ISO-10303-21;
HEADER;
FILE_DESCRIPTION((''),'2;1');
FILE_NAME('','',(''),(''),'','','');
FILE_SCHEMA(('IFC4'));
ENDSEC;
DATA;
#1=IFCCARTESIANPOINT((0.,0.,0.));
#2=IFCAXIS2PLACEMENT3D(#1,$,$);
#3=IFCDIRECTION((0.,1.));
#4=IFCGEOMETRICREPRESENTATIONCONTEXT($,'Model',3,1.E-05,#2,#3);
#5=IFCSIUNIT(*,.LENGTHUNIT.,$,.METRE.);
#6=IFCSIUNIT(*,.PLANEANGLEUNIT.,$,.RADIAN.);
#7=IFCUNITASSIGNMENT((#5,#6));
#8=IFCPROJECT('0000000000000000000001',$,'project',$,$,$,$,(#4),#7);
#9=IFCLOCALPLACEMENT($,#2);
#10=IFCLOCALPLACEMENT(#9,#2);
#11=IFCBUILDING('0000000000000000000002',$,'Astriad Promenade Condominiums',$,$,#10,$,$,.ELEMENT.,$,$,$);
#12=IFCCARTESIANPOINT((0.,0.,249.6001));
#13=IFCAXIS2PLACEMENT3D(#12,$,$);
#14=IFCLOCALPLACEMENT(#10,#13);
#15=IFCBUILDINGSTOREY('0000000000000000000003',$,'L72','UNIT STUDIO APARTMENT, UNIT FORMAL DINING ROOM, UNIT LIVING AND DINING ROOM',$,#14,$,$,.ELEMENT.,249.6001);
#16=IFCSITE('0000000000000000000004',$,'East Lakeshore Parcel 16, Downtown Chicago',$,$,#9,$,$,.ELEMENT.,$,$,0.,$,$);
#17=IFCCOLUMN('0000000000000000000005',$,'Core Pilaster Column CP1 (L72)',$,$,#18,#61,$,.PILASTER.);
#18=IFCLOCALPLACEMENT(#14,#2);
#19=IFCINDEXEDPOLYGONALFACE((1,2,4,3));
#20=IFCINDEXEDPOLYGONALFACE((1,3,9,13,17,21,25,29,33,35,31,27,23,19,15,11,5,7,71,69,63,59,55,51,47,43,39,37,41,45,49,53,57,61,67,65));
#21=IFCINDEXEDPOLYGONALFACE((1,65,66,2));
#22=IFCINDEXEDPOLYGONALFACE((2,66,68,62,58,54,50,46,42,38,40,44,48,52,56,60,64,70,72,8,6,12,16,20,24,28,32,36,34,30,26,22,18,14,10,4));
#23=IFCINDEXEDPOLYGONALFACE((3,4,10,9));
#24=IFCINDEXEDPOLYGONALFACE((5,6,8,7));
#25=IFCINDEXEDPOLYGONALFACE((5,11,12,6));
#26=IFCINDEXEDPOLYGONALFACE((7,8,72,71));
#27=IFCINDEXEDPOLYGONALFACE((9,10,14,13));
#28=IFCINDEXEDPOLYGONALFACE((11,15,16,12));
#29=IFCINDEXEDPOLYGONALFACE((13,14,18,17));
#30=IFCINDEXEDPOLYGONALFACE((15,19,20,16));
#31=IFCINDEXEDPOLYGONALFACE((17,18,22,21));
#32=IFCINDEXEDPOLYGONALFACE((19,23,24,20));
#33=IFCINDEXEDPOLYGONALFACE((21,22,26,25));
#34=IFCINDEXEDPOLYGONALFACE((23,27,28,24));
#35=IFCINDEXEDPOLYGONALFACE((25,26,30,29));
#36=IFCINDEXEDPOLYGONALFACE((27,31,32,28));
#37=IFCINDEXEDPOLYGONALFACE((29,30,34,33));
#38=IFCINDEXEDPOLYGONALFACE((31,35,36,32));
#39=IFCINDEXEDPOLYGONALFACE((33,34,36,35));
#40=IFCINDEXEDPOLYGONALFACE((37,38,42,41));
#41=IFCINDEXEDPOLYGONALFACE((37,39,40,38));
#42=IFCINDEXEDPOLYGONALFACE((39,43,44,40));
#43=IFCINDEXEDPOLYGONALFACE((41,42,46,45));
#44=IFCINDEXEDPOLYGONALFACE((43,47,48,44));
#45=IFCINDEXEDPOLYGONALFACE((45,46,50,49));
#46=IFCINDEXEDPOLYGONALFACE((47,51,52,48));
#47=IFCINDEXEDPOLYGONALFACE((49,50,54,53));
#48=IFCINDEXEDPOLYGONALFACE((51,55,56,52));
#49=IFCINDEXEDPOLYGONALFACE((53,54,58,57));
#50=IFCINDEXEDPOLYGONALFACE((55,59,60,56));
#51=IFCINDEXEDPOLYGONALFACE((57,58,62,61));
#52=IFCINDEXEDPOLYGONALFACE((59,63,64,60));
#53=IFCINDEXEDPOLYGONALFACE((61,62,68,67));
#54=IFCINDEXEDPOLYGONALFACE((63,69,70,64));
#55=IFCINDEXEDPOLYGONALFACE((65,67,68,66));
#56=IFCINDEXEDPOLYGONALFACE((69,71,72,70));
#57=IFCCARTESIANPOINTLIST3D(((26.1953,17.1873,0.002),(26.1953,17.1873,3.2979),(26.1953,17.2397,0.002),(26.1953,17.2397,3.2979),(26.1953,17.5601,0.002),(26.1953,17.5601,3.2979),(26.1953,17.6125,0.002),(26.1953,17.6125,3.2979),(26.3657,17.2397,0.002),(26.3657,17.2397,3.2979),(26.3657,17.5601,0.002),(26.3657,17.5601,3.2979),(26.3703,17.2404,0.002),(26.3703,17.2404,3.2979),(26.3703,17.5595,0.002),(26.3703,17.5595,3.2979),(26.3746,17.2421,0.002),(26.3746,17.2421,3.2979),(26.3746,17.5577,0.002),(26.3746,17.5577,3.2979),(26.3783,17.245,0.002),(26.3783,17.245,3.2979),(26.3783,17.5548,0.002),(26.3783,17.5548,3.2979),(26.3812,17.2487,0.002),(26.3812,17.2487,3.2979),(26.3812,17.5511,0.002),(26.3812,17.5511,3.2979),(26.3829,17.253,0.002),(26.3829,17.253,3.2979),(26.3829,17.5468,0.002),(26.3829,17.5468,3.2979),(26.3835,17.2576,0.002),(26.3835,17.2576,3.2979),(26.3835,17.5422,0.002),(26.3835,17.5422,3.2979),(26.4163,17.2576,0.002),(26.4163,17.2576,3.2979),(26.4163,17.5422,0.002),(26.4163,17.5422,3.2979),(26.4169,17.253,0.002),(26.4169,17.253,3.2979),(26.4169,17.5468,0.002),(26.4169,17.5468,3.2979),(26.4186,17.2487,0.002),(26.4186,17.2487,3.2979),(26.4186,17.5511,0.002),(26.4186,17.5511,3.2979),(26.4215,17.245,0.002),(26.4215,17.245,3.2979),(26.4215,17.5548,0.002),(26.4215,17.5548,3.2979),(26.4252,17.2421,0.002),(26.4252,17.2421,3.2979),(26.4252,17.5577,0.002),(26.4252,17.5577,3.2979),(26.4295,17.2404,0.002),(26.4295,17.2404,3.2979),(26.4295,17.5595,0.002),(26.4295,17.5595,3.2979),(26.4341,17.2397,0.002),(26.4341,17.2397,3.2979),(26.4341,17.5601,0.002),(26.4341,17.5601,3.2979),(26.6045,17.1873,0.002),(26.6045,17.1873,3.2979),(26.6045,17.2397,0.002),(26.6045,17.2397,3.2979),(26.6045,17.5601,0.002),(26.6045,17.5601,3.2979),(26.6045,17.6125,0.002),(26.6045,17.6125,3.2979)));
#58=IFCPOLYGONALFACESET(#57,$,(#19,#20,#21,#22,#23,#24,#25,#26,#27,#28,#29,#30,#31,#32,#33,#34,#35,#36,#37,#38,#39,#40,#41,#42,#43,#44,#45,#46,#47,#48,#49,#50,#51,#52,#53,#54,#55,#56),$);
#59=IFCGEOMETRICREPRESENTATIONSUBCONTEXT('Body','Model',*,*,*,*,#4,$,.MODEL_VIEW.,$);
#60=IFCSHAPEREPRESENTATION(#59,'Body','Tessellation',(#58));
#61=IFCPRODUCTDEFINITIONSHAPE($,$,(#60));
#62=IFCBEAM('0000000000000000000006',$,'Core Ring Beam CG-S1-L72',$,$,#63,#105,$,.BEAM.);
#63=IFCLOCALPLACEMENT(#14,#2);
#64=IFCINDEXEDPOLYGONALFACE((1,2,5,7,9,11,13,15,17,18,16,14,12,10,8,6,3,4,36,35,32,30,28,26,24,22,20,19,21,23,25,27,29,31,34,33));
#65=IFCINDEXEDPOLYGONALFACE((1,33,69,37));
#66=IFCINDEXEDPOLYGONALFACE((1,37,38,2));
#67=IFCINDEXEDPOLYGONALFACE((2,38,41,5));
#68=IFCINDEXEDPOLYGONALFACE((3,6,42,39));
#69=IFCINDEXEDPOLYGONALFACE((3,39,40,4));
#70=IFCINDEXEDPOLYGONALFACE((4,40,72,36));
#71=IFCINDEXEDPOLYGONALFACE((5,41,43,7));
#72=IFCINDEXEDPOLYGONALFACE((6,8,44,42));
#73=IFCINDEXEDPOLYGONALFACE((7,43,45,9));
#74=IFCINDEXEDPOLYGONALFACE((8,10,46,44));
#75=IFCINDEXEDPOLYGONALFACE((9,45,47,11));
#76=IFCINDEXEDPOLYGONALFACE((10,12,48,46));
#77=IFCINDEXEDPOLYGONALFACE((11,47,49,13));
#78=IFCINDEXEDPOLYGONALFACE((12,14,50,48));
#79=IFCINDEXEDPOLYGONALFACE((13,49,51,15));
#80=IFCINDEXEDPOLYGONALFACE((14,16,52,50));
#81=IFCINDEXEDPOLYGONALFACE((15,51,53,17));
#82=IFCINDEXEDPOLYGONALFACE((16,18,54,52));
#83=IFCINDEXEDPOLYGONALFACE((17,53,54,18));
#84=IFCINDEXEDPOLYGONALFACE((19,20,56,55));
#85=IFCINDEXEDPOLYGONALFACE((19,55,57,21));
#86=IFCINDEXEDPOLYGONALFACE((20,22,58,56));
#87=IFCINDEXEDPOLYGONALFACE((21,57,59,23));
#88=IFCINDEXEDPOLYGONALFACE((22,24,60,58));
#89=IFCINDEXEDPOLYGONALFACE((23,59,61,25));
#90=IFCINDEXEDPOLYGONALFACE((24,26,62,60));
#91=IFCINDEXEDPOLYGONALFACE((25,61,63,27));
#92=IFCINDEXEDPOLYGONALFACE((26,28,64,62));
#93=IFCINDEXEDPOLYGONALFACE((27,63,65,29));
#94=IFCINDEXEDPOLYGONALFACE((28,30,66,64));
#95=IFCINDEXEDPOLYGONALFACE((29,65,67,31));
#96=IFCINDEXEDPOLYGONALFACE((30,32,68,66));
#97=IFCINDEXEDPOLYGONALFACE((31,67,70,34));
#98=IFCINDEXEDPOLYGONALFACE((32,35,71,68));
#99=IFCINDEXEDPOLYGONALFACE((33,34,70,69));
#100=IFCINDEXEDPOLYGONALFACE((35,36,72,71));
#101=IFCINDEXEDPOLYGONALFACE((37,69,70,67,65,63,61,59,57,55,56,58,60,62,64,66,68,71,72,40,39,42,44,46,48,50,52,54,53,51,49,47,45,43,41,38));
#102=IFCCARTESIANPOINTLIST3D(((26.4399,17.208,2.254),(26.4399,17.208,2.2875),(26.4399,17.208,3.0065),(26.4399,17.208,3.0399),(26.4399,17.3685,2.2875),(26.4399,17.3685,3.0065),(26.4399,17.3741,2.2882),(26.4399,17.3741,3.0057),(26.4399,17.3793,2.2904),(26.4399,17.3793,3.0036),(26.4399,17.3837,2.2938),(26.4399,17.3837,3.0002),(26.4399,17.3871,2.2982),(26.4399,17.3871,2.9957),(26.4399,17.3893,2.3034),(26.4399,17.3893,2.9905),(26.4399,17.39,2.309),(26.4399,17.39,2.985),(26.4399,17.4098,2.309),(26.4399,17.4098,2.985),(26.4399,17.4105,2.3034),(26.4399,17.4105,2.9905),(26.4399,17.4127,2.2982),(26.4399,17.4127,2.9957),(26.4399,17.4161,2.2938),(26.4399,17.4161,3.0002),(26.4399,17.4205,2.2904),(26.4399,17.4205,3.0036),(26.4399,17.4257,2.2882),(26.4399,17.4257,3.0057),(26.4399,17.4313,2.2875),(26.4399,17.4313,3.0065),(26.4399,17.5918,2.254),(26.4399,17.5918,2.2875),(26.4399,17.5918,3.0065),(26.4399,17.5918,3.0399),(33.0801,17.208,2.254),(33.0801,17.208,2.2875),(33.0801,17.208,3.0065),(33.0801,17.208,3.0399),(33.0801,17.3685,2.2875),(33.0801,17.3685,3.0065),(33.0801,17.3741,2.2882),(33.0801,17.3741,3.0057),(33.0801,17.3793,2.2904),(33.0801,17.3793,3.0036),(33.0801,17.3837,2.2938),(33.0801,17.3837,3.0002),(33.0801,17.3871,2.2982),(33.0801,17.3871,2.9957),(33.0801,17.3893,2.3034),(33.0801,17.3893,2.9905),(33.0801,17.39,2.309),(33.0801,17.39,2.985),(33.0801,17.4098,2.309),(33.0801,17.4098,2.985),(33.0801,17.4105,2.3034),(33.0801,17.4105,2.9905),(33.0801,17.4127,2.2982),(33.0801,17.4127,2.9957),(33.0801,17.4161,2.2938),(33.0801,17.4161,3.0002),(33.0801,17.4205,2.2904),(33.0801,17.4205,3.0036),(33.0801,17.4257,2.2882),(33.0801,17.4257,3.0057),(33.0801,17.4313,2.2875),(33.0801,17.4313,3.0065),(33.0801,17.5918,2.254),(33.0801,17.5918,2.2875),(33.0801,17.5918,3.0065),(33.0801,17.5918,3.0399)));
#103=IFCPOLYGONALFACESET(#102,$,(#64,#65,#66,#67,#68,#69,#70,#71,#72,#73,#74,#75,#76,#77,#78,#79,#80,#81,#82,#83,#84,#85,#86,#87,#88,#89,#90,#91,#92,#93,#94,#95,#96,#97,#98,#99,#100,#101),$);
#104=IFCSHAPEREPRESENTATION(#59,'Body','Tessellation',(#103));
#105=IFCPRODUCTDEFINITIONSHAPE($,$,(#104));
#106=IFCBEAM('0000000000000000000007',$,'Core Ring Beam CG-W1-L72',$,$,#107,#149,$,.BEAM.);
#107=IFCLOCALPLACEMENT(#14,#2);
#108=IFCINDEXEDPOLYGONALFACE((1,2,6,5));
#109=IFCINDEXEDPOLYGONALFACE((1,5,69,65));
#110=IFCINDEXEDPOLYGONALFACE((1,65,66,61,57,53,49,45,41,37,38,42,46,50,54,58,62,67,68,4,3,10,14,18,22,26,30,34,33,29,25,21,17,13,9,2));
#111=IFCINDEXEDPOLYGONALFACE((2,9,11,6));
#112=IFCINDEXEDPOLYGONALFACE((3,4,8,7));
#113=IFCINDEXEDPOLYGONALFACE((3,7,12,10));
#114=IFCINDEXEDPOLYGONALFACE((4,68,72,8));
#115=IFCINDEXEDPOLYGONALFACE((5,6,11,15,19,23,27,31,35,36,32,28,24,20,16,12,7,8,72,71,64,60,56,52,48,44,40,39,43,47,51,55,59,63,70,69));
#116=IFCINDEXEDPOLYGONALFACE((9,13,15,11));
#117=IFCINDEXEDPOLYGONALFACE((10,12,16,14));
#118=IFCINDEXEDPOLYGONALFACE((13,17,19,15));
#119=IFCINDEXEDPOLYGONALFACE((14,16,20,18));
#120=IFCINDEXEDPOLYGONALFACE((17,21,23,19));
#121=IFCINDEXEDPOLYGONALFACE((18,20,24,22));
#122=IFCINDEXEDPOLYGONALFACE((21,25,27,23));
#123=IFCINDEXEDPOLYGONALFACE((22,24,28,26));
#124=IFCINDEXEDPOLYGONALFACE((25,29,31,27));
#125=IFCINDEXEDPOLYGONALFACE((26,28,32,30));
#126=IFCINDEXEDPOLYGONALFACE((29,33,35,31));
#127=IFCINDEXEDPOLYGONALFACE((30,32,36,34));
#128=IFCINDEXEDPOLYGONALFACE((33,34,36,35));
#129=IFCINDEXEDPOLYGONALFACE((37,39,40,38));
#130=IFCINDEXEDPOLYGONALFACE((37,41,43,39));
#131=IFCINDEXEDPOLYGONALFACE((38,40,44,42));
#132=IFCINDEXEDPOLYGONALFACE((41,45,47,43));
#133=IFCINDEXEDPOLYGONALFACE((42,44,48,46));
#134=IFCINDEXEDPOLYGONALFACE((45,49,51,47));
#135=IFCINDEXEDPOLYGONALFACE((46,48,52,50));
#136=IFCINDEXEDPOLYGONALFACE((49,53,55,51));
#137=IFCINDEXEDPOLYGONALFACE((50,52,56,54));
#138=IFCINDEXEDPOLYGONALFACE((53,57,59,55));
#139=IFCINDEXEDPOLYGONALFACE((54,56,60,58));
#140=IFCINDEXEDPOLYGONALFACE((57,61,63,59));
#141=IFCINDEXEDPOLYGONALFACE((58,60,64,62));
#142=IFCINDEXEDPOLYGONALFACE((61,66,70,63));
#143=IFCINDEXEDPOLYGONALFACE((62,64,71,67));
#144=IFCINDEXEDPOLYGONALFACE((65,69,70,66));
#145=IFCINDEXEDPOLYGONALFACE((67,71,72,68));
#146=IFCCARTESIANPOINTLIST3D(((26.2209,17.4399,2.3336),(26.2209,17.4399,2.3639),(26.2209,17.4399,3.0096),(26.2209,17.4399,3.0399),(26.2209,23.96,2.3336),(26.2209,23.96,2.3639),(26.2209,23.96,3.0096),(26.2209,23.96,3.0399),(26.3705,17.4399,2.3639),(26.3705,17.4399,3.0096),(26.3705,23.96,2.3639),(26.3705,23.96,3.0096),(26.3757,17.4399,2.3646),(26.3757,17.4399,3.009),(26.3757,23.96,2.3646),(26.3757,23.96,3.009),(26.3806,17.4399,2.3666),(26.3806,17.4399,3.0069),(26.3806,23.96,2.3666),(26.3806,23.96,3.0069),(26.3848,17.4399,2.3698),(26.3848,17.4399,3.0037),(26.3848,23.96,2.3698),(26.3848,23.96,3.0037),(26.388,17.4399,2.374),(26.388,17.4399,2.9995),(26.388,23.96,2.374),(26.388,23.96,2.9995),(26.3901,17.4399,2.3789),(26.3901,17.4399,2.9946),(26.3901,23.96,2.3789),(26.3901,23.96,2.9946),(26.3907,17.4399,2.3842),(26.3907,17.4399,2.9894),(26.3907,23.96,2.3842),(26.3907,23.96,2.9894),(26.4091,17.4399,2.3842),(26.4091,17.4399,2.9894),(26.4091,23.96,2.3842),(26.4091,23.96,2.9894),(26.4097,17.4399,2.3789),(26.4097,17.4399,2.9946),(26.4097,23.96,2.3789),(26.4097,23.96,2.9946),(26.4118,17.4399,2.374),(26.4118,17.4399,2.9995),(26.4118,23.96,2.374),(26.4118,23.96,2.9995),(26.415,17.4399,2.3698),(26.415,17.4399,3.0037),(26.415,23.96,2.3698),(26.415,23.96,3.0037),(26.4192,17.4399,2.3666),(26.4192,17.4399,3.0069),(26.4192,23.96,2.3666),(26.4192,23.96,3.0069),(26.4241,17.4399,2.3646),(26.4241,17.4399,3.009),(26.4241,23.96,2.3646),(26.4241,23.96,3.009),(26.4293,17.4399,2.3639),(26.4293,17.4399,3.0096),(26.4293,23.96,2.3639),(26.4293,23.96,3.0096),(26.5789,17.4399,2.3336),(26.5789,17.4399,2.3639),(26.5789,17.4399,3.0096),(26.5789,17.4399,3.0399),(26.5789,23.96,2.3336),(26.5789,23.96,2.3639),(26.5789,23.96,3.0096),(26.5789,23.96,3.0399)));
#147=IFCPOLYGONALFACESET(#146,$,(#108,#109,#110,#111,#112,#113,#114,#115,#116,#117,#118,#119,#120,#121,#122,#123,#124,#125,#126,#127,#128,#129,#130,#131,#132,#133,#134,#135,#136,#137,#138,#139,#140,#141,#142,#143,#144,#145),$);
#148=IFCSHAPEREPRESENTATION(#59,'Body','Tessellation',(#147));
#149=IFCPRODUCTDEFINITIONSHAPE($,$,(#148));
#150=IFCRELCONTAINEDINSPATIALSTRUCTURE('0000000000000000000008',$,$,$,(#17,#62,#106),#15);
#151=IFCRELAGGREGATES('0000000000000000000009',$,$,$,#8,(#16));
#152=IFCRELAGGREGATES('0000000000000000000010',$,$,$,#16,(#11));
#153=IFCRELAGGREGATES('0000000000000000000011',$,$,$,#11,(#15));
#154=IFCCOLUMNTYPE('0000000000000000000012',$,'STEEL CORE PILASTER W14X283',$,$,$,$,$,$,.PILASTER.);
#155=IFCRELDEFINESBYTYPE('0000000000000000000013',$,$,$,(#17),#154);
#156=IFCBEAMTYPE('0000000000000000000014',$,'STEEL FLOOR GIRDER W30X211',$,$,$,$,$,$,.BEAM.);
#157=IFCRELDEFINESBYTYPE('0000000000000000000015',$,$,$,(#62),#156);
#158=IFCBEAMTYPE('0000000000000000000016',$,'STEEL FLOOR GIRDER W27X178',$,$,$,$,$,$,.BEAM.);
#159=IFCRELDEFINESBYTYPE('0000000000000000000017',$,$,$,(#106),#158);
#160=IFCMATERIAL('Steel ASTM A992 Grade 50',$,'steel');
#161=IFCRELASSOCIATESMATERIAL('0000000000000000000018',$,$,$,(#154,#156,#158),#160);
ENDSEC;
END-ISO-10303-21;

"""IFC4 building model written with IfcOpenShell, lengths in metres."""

from ifc_helpers import new_model, si_unit, direction, frame, origin, origin_2d, place, context, subcontext, project, spatial, i_section, extrude, source, transform, mapped, material, material_profile, profile_set, type_object, type_shapes, element, save


model = new_model("IFC4")

# Units and contexts
model_context = context("Model", 3, precision=1e-05, world=origin(), true_north=direction((0.0, 1.0)))
body_context = subcontext(model_context, "Body", "Model", "MODEL_VIEW")
ifc_project = project(units=[si_unit("LENGTHUNIT", "METRE"), si_unit("PLANEANGLEUNIT", "RADIAN")], contexts=[model_context])

# Site, building, storey
site_placement = place(None, origin())
site = spatial("IfcSite", under=ifc_project, at=site_placement, Name="East Lakeshore Parcel 16, Downtown Chicago", CompositionType="ELEMENT", RefElevation=0.0)
building_placement = place(site_placement, origin())
building = spatial("IfcBuilding", under=site, at=building_placement, Name="Astriad Promenade Condominiums", CompositionType="ELEMENT")
storey_placement = place(building_placement, frame((0.0, 0.0, 249.6001)))
storey = spatial("IfcBuildingStorey", under=building, at=storey_placement, Name="L72", Description="UNIT STUDIO APARTMENT, UNIT FORMAL DINING ROOM, UNIT LIVING AND DINING ROOM", CompositionType="ELEMENT", Elevation=249.6001)

# Column
ifc_material_1 = material(Name="Steel ASTM A992 Grade 50", Category="steel")
ifc_material_profile_1 = material_profile(ifc_material_1, i_section(OverallWidth=0.4092, OverallDepth=0.4253, WebThickness=0.0327, FlangeThickness=0.0525, FilletRadius=0.0178, at=origin_2d()), Name="W14X283")
ifc_profile_set_1 = profile_set([ifc_material_profile_1], Name="Steel ASTM A992 Grade 50")
column_type = type_object("IfcColumnType", Name="STEEL CORE PILASTER W14X283", PredefinedType="PILASTER", material=ifc_profile_set_1)
shared_shape_1 = source(origin(), body_context, "Body", "SweptSolid", [
    extrude(i_section(OverallWidth=0.4092, OverallDepth=0.4253, WebThickness=0.0327, FlangeThickness=0.0525, FilletRadius=0.0178, at=origin_2d()), origin(), (0.0, 0.0, 1.0), 3.2959),
])
type_shapes(column_type, [shared_shape_1])
column_placement = place(storey_placement, frame((26.3999, 17.3999, 0.002), z_axis=(0.0, 0.0, 1.0), x_axis=(1.0, 0.0, 0.0)))
element("IfcColumn", 1, at=column_placement, inside=storey, type_object=column_type, Name="Core Pilaster Column CP1 (L72)", PredefinedType="PILASTER", context=body_context, shape_type="MappedRepresentation", body=[
    mapped(shared_shape_1, transform((0.0, 0.0, 0.0), scale=1.0)),
])

# Beams
ifc_material_profile_2 = material_profile(ifc_material_1, i_section(OverallWidth=0.3838, OverallDepth=0.7859, WebThickness=0.0198, FlangeThickness=0.0334, FilletRadius=0.0215, at=origin_2d()), Name="W30X211")
ifc_profile_set_2 = profile_set([ifc_material_profile_2], Name="Steel ASTM A992 Grade 50")
beam_type_1 = type_object("IfcBeamType", Name="STEEL FLOOR GIRDER W30X211", PredefinedType="BEAM", material=ifc_profile_set_2)
shared_shape_2 = source(origin(), body_context, "Body", "SweptSolid", [
    extrude(i_section(OverallWidth=0.3838, OverallDepth=0.7859, WebThickness=0.0198, FlangeThickness=0.0334, FilletRadius=0.0215, at=origin_2d()), origin(), (0.0, 0.0, 1.0), 6.6401),
])
type_shapes(beam_type_1, [shared_shape_2])
beam_1_placement = place(storey_placement, frame((26.4399, 17.3999, 2.647), z_axis=(1.0, 0.0, 0.0), x_axis=(0.0, 1.0, 0.0)))
element("IfcBeam", 2, at=beam_1_placement, inside=storey, type_object=beam_type_1, Name="Core Ring Beam CG-S1-L72", PredefinedType="BEAM", context=body_context, shape_type="MappedRepresentation", body=[
    mapped(shared_shape_2, transform((0.0, 0.0, 0.0), scale=1.0)),
])
ifc_material_profile_3 = material_profile(ifc_material_1, i_section(OverallWidth=0.3579, OverallDepth=0.7063, WebThickness=0.0183, FlangeThickness=0.0303, FilletRadius=0.0203, at=origin_2d()), Name="W27X178")
ifc_profile_set_3 = profile_set([ifc_material_profile_3], Name="Steel ASTM A992 Grade 50")
beam_type_2 = type_object("IfcBeamType", Name="STEEL FLOOR GIRDER W27X178", PredefinedType="BEAM", material=ifc_profile_set_3)
shared_shape_3 = source(origin(), body_context, "Body", "SweptSolid", [
    extrude(i_section(OverallWidth=0.3579, OverallDepth=0.7063, WebThickness=0.0183, FlangeThickness=0.0303, FilletRadius=0.0203, at=origin_2d()), origin(), (0.0, 0.0, 1.0), 6.52),
])
type_shapes(beam_type_2, [shared_shape_3])
beam_2_placement = place(storey_placement, frame((26.3999, 17.4399, 2.6868), z_axis=(0.0, 1.0, 0.0), x_axis=(-1.0, 0.0, 0.0)))
element("IfcBeam", 3, at=beam_2_placement, inside=storey, type_object=beam_type_2, Name="Core Ring Beam CG-W1-L72", PredefinedType="BEAM", context=body_context, shape_type="MappedRepresentation", body=[
    mapped(shared_shape_3, transform((0.0, 0.0, 0.0), scale=1.0)),
])

save(model, "model.ifc")
